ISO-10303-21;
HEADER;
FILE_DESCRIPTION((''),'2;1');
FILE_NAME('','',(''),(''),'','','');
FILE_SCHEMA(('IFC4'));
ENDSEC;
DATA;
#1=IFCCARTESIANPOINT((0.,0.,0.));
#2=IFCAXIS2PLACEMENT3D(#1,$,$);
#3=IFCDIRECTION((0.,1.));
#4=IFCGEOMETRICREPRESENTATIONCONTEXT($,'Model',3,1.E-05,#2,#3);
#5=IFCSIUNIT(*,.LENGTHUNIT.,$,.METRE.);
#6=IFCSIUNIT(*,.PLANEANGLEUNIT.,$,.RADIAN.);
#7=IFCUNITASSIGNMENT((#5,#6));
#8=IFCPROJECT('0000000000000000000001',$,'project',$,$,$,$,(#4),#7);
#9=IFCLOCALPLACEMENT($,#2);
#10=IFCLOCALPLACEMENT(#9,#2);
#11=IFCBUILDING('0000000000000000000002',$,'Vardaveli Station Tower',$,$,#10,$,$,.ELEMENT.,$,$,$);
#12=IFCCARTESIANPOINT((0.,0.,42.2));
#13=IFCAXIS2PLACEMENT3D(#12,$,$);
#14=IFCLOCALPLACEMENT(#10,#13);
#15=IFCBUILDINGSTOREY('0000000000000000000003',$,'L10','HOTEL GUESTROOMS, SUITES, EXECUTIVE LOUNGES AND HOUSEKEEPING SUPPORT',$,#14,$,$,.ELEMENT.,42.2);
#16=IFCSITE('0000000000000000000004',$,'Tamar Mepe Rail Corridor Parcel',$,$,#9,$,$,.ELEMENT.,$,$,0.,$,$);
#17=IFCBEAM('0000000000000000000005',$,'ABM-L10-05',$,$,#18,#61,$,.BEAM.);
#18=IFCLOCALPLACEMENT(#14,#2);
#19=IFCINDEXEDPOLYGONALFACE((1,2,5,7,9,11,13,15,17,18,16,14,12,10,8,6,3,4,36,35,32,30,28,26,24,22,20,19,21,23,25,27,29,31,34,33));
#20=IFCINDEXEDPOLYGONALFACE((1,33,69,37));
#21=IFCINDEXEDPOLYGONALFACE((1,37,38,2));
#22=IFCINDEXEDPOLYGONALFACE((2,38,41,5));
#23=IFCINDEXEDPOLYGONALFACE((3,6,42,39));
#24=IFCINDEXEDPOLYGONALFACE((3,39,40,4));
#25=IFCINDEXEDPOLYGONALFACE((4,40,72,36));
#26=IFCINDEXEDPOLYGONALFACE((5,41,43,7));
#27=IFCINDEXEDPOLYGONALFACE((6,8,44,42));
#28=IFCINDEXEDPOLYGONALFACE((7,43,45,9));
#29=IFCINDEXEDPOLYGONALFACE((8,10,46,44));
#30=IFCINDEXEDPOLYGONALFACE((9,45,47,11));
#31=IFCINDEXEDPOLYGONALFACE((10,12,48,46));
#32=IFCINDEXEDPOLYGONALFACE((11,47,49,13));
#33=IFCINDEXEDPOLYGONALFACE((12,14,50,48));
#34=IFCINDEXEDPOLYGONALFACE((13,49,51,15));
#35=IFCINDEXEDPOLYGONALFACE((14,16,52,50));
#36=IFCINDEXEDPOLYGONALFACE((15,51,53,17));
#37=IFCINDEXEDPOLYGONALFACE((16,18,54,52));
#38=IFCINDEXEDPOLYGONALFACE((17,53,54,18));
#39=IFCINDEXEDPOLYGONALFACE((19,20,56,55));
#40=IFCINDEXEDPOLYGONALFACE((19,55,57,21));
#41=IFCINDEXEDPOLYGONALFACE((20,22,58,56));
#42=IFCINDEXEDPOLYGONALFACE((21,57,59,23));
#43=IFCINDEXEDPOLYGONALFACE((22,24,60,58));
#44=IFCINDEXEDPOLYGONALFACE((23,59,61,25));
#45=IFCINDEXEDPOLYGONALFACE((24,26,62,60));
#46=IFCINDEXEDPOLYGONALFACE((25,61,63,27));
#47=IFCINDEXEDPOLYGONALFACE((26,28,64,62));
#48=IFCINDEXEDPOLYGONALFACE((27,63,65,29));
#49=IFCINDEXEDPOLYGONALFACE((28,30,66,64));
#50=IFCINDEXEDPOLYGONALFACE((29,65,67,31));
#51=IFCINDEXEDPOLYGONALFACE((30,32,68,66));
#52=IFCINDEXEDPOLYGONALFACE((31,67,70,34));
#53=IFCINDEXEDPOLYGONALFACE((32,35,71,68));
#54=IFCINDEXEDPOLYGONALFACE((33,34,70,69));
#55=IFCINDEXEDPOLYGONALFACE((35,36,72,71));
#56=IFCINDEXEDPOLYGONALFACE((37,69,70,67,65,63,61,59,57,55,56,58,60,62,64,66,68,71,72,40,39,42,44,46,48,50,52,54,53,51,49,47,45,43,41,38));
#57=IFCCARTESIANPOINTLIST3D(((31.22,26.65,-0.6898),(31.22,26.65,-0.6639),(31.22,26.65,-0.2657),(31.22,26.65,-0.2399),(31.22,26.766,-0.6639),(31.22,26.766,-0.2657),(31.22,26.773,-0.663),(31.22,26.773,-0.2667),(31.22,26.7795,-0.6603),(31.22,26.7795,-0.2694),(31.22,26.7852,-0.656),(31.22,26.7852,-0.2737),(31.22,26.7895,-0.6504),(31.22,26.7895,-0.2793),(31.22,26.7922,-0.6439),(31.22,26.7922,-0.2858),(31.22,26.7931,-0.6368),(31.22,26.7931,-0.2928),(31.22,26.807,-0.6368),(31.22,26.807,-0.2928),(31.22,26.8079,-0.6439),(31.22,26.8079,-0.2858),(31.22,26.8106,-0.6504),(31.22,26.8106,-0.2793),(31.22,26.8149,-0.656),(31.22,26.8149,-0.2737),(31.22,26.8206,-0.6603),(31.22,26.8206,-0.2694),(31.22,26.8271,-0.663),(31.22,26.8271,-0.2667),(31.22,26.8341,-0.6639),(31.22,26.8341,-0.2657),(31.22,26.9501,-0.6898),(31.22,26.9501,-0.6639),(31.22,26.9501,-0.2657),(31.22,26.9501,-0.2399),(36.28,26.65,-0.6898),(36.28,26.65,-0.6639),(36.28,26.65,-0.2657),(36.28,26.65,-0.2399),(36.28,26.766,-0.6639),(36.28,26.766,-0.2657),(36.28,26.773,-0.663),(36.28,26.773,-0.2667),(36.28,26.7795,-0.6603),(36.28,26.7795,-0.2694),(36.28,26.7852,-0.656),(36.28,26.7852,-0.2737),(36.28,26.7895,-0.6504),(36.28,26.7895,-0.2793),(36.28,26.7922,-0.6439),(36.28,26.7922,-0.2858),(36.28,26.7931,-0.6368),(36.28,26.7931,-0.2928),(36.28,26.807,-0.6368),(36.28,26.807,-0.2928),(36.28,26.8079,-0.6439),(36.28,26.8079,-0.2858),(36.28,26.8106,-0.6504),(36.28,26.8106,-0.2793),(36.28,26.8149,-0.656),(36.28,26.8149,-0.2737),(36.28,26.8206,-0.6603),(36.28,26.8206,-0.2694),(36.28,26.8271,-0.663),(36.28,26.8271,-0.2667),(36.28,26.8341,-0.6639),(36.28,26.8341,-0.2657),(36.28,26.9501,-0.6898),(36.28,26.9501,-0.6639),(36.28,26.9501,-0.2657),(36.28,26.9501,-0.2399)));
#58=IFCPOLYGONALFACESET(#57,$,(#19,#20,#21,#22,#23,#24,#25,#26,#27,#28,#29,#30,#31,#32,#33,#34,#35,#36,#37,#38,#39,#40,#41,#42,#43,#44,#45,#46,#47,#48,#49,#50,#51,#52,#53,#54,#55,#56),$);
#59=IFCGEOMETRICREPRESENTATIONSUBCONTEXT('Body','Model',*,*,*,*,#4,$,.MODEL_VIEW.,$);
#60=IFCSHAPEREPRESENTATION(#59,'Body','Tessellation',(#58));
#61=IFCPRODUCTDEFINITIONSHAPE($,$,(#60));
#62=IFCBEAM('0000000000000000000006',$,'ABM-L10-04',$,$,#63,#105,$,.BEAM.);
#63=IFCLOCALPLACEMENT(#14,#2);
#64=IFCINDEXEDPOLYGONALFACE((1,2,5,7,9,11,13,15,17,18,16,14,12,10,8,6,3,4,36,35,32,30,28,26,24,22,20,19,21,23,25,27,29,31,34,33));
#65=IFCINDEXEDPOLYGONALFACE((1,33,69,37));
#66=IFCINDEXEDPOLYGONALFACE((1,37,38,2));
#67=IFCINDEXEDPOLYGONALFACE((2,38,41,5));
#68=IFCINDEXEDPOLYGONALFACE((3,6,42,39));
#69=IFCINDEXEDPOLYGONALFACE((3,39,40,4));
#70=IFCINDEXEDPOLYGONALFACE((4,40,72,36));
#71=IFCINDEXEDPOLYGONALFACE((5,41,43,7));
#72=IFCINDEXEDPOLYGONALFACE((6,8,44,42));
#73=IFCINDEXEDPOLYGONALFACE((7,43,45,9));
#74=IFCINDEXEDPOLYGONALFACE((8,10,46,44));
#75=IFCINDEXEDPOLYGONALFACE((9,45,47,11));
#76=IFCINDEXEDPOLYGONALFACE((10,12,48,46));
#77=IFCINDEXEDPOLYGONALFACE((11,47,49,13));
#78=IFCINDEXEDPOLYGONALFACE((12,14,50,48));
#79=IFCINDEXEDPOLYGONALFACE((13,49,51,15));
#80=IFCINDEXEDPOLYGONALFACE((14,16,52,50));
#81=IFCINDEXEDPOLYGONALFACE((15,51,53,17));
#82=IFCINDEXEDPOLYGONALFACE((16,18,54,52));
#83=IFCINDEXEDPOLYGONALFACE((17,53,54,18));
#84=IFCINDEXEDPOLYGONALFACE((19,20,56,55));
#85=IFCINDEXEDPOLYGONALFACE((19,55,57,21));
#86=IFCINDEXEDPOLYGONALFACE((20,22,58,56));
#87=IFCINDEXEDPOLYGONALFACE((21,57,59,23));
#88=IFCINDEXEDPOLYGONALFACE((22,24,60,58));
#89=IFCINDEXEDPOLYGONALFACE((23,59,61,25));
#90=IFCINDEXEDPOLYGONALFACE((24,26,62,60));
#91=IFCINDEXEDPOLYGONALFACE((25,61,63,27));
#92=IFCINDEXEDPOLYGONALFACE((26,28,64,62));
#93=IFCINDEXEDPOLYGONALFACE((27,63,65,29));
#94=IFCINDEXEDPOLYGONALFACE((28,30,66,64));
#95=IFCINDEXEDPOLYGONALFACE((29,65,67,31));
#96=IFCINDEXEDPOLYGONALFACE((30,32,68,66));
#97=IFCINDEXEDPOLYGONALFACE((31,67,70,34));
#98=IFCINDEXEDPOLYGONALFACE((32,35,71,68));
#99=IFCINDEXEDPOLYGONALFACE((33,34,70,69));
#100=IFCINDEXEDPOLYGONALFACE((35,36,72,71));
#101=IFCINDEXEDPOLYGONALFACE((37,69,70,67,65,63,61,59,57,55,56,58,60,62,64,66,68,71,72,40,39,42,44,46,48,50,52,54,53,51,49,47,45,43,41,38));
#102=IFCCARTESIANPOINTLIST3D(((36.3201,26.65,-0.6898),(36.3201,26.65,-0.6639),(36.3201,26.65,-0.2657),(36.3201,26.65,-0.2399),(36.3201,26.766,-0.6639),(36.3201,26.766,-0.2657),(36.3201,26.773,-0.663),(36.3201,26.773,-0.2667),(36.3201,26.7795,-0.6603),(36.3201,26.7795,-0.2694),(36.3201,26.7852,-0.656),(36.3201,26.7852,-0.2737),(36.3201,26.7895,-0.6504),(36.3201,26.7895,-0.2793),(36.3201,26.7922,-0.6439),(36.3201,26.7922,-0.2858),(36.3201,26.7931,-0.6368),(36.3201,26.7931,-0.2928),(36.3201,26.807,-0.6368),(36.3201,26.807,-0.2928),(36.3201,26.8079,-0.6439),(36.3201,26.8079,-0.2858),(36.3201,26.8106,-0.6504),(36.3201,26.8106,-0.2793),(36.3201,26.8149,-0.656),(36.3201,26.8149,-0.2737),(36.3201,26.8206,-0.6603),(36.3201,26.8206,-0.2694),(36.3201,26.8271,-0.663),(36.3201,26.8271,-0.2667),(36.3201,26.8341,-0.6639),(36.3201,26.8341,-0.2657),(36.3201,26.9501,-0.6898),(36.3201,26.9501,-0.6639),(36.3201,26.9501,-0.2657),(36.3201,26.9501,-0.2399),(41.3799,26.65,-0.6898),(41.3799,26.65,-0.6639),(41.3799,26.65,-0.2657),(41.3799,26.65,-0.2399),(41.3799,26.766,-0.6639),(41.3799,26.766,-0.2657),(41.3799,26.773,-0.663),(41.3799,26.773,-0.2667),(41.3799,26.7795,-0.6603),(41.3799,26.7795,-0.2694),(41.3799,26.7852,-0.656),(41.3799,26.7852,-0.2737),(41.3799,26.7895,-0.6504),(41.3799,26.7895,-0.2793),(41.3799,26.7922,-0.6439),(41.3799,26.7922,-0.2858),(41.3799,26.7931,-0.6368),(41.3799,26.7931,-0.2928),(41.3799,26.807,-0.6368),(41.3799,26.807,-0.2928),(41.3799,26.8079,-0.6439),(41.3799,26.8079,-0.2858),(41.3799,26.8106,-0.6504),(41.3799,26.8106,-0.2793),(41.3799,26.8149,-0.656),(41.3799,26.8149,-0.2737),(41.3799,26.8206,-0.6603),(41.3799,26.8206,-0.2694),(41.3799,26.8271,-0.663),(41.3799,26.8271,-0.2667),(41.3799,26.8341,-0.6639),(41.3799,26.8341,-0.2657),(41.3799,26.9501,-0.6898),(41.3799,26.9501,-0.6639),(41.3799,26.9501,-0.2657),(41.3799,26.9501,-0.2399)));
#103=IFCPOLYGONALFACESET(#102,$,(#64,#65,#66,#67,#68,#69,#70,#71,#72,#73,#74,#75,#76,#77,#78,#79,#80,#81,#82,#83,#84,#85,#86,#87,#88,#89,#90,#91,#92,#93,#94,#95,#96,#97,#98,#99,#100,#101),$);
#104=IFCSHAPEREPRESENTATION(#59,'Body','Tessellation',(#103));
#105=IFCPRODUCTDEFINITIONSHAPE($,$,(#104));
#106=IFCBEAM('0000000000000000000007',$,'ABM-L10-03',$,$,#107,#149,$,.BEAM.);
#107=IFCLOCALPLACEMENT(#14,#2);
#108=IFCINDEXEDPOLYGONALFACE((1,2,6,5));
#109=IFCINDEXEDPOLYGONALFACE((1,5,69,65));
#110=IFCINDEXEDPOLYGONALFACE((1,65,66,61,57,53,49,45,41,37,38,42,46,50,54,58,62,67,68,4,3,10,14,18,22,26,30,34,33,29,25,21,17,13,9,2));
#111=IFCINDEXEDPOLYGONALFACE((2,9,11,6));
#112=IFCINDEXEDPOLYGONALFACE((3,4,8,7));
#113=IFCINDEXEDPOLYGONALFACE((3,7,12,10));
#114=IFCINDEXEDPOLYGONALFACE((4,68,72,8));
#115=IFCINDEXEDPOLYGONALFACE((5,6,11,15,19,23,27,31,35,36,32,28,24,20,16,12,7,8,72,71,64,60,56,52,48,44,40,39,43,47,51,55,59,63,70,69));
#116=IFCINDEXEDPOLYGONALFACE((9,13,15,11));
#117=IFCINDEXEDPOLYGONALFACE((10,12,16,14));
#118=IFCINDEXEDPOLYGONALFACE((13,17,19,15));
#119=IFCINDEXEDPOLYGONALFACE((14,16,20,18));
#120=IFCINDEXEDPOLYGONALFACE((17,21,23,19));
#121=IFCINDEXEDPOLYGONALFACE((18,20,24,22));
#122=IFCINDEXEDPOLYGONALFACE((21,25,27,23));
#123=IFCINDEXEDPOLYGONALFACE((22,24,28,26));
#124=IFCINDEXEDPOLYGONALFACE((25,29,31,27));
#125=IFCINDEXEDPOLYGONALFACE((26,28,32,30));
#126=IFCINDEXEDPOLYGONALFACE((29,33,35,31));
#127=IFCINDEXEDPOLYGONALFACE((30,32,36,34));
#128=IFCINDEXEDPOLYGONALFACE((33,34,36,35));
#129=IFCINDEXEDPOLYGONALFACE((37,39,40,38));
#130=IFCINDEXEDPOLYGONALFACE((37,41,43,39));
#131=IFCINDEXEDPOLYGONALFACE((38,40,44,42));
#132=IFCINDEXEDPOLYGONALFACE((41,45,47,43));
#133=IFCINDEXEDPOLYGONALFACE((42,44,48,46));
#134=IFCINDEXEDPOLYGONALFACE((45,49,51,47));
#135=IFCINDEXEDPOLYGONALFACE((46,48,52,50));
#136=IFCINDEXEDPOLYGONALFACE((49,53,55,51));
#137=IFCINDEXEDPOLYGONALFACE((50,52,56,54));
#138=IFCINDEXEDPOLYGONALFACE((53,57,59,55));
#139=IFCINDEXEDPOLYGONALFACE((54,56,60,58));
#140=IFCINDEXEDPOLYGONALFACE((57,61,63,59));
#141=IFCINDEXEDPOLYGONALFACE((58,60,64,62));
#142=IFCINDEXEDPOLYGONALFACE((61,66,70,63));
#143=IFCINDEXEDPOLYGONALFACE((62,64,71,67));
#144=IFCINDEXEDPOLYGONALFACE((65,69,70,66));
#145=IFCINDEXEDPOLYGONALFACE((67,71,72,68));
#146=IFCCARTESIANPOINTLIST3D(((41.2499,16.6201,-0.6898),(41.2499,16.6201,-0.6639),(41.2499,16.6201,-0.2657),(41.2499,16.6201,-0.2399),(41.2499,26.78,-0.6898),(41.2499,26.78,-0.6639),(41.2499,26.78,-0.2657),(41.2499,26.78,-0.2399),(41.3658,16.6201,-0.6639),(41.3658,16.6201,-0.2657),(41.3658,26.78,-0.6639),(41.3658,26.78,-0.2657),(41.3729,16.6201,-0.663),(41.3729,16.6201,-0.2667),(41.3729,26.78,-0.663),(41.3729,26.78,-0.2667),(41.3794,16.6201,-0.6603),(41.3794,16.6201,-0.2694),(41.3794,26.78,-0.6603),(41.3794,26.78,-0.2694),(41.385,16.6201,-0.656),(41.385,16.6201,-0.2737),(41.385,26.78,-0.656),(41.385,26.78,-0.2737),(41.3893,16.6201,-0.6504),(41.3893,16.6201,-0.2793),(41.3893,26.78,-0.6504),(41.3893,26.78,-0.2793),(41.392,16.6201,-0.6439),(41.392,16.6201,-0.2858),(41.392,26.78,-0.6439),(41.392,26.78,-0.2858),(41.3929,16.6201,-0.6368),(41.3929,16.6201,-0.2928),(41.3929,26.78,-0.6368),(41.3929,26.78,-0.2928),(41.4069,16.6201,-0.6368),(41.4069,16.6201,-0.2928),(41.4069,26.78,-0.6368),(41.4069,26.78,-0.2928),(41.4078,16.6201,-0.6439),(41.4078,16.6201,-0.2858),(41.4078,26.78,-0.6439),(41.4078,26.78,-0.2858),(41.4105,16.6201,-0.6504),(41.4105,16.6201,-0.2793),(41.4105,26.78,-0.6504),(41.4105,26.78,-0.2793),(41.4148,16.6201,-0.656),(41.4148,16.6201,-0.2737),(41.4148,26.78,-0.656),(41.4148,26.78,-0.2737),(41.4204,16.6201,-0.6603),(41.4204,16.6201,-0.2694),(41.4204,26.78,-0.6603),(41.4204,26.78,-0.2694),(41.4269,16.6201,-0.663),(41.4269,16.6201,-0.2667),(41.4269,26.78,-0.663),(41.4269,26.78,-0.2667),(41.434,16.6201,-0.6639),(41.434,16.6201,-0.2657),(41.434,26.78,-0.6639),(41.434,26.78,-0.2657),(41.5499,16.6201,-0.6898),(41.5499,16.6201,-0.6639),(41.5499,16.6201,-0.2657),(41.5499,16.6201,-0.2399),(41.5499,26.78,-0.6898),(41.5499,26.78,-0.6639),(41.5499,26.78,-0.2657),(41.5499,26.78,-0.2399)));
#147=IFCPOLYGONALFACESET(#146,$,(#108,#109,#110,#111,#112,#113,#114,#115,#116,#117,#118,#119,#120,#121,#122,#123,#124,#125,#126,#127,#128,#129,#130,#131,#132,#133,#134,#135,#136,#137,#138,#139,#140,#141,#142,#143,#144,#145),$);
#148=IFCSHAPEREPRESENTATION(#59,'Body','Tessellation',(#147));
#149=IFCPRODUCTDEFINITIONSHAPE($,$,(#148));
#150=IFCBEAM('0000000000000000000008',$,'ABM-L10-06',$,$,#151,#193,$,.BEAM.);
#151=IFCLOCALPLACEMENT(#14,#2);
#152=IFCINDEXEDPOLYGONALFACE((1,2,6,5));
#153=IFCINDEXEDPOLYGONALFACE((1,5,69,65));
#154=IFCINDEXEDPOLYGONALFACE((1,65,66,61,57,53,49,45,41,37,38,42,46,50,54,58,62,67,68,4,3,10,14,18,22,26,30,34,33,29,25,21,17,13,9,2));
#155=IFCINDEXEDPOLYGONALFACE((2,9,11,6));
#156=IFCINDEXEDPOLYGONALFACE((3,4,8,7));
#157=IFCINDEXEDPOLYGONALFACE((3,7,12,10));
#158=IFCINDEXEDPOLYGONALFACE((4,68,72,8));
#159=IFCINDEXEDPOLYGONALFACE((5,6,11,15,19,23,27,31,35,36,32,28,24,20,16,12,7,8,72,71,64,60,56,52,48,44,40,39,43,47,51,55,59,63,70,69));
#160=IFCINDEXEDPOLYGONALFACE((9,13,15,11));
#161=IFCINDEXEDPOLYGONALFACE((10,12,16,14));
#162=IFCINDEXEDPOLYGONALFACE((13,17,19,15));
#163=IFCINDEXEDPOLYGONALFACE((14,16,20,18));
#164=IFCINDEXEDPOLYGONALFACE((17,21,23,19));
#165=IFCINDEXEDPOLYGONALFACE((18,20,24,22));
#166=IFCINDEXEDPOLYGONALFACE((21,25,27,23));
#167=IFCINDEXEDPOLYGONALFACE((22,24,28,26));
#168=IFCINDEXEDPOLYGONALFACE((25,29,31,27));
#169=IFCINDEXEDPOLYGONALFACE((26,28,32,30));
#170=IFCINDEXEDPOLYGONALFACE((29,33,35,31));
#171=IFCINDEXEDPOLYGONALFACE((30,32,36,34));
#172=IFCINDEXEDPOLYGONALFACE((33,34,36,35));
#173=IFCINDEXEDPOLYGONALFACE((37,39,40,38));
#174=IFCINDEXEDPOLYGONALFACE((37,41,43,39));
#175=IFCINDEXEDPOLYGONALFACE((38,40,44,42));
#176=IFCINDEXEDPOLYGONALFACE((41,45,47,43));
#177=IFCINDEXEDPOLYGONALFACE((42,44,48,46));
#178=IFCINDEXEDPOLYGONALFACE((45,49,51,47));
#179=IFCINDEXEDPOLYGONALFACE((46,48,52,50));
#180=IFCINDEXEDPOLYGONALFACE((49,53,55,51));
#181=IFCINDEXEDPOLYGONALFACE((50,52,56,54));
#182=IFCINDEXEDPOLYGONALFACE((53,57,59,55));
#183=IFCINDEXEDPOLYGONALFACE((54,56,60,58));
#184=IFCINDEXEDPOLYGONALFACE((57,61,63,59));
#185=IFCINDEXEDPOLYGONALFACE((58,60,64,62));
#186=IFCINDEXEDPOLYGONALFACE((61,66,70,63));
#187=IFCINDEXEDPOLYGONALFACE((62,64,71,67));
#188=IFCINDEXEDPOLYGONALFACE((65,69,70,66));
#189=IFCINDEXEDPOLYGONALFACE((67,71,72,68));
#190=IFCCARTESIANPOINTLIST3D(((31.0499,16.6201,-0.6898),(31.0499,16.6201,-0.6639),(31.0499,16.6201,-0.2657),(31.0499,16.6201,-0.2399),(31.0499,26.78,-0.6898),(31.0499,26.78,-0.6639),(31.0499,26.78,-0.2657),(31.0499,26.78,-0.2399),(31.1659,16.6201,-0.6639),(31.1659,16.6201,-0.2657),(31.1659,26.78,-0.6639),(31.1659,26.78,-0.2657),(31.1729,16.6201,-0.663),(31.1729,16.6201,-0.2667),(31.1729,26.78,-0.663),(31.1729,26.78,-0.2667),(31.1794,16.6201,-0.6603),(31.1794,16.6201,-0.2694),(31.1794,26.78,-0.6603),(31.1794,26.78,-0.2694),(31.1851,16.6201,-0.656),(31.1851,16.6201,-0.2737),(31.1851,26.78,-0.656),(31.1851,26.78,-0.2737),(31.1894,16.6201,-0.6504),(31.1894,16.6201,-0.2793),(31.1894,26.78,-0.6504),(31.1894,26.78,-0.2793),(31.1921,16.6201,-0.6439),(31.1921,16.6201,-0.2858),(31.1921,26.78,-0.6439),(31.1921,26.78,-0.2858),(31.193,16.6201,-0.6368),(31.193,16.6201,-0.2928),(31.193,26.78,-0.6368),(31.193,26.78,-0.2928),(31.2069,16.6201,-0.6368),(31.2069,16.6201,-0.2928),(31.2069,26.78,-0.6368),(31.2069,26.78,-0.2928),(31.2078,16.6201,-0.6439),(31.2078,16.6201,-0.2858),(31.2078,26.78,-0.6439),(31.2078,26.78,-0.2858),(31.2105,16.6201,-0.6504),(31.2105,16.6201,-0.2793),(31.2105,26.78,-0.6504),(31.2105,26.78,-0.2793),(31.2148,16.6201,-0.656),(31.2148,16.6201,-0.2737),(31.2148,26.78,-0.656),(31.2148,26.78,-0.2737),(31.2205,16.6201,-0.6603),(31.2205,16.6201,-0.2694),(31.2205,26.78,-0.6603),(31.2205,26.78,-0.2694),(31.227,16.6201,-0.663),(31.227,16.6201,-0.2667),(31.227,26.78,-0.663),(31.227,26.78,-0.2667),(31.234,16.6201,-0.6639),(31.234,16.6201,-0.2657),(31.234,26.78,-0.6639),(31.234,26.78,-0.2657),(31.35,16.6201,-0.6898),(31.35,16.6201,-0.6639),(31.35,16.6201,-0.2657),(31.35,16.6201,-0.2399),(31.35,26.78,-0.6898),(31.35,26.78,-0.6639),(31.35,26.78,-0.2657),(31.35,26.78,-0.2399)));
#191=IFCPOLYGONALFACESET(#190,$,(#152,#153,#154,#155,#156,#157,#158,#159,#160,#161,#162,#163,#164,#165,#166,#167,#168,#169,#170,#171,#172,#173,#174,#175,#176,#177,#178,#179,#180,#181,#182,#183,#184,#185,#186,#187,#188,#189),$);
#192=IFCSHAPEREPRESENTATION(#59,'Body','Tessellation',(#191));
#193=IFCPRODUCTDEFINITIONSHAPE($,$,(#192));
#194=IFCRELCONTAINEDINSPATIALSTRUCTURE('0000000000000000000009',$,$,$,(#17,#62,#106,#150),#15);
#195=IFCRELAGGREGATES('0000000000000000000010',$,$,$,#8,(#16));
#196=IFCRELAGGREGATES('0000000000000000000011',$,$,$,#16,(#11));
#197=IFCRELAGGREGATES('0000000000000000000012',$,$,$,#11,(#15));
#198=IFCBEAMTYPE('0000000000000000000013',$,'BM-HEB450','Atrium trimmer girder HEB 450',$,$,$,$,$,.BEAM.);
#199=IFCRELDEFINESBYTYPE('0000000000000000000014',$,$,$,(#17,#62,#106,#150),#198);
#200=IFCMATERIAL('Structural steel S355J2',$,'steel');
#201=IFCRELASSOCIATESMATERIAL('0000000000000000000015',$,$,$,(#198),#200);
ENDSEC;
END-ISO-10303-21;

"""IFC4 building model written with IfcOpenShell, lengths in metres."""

from ifc_helpers import new_model, si_unit, direction, frame, origin, origin_2d, place, context, subcontext, project, spatial, i_section, extrude, source, transform, mapped, material, material_profile, profile_set, type_object, element, save


model = new_model("IFC4")

# Units and contexts
model_context = context("Model", 3, precision=1e-05, world=origin(), true_north=direction((0.0, 1.0)))
body_context = subcontext(model_context, "Body", "Model", "MODEL_VIEW")
ifc_project = project(units=[si_unit("LENGTHUNIT", "METRE"), si_unit("PLANEANGLEUNIT", "RADIAN")], contexts=[model_context])

# Site, building, storey
site_placement = place(None, origin())
site = spatial("IfcSite", under=ifc_project, at=site_placement, Name="Tamar Mepe Rail Corridor Parcel", CompositionType="ELEMENT", RefElevation=0.0)
building_placement = place(site_placement, origin())
building = spatial("IfcBuilding", under=site, at=building_placement, Name="Vardaveli Station Tower", CompositionType="ELEMENT")
storey_placement = place(building_placement, frame((0.0, 0.0, 42.2)))
storey = spatial("IfcBuildingStorey", under=building, at=storey_placement, Name="L10", Description="HOTEL GUESTROOMS, SUITES, EXECUTIVE LOUNGES AND HOUSEKEEPING SUPPORT", CompositionType="ELEMENT", Elevation=42.2)

# Beams
ifc_material_1 = material(Name="Structural steel S355J2", Category="steel")
ifc_material_profile_1 = material_profile(ifc_material_1, i_section(OverallWidth=0.3, OverallDepth=0.45, WebThickness=0.0139, FlangeThickness=0.0259, FilletRadius=0.0271, at=origin_2d()), Name="HEB 450")
ifc_profile_set_1 = profile_set([ifc_material_profile_1], Name="Structural steel S355J2")
beam_type_1 = type_object("IfcBeamType", Name="BM-HEB450", Description="Atrium trimmer girder HEB 450", PredefinedType="BEAM", material=ifc_profile_set_1)
shared_shape_1 = source(origin(), body_context, "Body", "SweptSolid", [
    extrude(i_section(OverallWidth=0.3, OverallDepth=0.45, WebThickness=0.0139, FlangeThickness=0.0259, FilletRadius=0.0271, at=origin_2d()), origin(), (0.0, 0.0, 1.0), 5.0601),
])
beam_1_placement = place(storey_placement, frame((36.28, 26.8, -0.4648), z_axis=(-1.0, 0.0, 0.0), x_axis=(0.0, -1.0, 0.0)))
element("IfcBeam", 1, at=beam_1_placement, inside=storey, type_object=beam_type_1, Name="ABM-L10-05", PredefinedType="BEAM", context=body_context, shape_type="MappedRepresentation", body=[
    mapped(shared_shape_1, transform((0.0, 0.0, 0.0), scale=1.0)),
])
shared_shape_2 = source(origin(), body_context, "Body", "SweptSolid", [
    extrude(i_section(OverallWidth=0.3, OverallDepth=0.45, WebThickness=0.0139, FlangeThickness=0.0259, FilletRadius=0.0271, at=origin_2d()), origin(), (0.0, 0.0, 1.0), 5.0598),
])
beam_2_placement = place(storey_placement, frame((41.3799, 26.8, -0.4648), z_axis=(-1.0, 0.0, 0.0), x_axis=(0.0, -1.0, 0.0)))
element("IfcBeam", 2, at=beam_2_placement, inside=storey, type_object=beam_type_1, Name="ABM-L10-04", PredefinedType="BEAM", context=body_context, shape_type="MappedRepresentation", body=[
    mapped(shared_shape_2, transform((0.0, 0.0, 0.0), scale=1.0)),
])
shared_shape_3 = source(origin(), body_context, "Body", "SweptSolid", [
    extrude(i_section(OverallWidth=0.3, OverallDepth=0.45, WebThickness=0.0139, FlangeThickness=0.0259, FilletRadius=0.0271, at=origin_2d()), origin(), (0.0, 0.0, 1.0), 10.1599),
])
for number, where, z_axis, x_axis, name in (
    (3, (41.3999, 16.6201, -0.4648), (0.0, 1.0, 0.0), (-1.0, 0.0, 0.0), "ABM-L10-03"),
    (4, (31.2, 26.78, -0.4648), (0.0, -1.0, 0.0), (1.0, 0.0, 0.0), "ABM-L10-06"),
):
    element("IfcBeam", number, at=place(storey_placement, frame(where, z_axis=z_axis, x_axis=x_axis)), inside=storey, type_object=beam_type_1, Name=name, PredefinedType="BEAM", context=body_context, shape_type="MappedRepresentation", body=[
        mapped(shared_shape_3, transform((0.0, 0.0, 0.0), scale=1.0)),
    ])

save(model, "model.ifc")
